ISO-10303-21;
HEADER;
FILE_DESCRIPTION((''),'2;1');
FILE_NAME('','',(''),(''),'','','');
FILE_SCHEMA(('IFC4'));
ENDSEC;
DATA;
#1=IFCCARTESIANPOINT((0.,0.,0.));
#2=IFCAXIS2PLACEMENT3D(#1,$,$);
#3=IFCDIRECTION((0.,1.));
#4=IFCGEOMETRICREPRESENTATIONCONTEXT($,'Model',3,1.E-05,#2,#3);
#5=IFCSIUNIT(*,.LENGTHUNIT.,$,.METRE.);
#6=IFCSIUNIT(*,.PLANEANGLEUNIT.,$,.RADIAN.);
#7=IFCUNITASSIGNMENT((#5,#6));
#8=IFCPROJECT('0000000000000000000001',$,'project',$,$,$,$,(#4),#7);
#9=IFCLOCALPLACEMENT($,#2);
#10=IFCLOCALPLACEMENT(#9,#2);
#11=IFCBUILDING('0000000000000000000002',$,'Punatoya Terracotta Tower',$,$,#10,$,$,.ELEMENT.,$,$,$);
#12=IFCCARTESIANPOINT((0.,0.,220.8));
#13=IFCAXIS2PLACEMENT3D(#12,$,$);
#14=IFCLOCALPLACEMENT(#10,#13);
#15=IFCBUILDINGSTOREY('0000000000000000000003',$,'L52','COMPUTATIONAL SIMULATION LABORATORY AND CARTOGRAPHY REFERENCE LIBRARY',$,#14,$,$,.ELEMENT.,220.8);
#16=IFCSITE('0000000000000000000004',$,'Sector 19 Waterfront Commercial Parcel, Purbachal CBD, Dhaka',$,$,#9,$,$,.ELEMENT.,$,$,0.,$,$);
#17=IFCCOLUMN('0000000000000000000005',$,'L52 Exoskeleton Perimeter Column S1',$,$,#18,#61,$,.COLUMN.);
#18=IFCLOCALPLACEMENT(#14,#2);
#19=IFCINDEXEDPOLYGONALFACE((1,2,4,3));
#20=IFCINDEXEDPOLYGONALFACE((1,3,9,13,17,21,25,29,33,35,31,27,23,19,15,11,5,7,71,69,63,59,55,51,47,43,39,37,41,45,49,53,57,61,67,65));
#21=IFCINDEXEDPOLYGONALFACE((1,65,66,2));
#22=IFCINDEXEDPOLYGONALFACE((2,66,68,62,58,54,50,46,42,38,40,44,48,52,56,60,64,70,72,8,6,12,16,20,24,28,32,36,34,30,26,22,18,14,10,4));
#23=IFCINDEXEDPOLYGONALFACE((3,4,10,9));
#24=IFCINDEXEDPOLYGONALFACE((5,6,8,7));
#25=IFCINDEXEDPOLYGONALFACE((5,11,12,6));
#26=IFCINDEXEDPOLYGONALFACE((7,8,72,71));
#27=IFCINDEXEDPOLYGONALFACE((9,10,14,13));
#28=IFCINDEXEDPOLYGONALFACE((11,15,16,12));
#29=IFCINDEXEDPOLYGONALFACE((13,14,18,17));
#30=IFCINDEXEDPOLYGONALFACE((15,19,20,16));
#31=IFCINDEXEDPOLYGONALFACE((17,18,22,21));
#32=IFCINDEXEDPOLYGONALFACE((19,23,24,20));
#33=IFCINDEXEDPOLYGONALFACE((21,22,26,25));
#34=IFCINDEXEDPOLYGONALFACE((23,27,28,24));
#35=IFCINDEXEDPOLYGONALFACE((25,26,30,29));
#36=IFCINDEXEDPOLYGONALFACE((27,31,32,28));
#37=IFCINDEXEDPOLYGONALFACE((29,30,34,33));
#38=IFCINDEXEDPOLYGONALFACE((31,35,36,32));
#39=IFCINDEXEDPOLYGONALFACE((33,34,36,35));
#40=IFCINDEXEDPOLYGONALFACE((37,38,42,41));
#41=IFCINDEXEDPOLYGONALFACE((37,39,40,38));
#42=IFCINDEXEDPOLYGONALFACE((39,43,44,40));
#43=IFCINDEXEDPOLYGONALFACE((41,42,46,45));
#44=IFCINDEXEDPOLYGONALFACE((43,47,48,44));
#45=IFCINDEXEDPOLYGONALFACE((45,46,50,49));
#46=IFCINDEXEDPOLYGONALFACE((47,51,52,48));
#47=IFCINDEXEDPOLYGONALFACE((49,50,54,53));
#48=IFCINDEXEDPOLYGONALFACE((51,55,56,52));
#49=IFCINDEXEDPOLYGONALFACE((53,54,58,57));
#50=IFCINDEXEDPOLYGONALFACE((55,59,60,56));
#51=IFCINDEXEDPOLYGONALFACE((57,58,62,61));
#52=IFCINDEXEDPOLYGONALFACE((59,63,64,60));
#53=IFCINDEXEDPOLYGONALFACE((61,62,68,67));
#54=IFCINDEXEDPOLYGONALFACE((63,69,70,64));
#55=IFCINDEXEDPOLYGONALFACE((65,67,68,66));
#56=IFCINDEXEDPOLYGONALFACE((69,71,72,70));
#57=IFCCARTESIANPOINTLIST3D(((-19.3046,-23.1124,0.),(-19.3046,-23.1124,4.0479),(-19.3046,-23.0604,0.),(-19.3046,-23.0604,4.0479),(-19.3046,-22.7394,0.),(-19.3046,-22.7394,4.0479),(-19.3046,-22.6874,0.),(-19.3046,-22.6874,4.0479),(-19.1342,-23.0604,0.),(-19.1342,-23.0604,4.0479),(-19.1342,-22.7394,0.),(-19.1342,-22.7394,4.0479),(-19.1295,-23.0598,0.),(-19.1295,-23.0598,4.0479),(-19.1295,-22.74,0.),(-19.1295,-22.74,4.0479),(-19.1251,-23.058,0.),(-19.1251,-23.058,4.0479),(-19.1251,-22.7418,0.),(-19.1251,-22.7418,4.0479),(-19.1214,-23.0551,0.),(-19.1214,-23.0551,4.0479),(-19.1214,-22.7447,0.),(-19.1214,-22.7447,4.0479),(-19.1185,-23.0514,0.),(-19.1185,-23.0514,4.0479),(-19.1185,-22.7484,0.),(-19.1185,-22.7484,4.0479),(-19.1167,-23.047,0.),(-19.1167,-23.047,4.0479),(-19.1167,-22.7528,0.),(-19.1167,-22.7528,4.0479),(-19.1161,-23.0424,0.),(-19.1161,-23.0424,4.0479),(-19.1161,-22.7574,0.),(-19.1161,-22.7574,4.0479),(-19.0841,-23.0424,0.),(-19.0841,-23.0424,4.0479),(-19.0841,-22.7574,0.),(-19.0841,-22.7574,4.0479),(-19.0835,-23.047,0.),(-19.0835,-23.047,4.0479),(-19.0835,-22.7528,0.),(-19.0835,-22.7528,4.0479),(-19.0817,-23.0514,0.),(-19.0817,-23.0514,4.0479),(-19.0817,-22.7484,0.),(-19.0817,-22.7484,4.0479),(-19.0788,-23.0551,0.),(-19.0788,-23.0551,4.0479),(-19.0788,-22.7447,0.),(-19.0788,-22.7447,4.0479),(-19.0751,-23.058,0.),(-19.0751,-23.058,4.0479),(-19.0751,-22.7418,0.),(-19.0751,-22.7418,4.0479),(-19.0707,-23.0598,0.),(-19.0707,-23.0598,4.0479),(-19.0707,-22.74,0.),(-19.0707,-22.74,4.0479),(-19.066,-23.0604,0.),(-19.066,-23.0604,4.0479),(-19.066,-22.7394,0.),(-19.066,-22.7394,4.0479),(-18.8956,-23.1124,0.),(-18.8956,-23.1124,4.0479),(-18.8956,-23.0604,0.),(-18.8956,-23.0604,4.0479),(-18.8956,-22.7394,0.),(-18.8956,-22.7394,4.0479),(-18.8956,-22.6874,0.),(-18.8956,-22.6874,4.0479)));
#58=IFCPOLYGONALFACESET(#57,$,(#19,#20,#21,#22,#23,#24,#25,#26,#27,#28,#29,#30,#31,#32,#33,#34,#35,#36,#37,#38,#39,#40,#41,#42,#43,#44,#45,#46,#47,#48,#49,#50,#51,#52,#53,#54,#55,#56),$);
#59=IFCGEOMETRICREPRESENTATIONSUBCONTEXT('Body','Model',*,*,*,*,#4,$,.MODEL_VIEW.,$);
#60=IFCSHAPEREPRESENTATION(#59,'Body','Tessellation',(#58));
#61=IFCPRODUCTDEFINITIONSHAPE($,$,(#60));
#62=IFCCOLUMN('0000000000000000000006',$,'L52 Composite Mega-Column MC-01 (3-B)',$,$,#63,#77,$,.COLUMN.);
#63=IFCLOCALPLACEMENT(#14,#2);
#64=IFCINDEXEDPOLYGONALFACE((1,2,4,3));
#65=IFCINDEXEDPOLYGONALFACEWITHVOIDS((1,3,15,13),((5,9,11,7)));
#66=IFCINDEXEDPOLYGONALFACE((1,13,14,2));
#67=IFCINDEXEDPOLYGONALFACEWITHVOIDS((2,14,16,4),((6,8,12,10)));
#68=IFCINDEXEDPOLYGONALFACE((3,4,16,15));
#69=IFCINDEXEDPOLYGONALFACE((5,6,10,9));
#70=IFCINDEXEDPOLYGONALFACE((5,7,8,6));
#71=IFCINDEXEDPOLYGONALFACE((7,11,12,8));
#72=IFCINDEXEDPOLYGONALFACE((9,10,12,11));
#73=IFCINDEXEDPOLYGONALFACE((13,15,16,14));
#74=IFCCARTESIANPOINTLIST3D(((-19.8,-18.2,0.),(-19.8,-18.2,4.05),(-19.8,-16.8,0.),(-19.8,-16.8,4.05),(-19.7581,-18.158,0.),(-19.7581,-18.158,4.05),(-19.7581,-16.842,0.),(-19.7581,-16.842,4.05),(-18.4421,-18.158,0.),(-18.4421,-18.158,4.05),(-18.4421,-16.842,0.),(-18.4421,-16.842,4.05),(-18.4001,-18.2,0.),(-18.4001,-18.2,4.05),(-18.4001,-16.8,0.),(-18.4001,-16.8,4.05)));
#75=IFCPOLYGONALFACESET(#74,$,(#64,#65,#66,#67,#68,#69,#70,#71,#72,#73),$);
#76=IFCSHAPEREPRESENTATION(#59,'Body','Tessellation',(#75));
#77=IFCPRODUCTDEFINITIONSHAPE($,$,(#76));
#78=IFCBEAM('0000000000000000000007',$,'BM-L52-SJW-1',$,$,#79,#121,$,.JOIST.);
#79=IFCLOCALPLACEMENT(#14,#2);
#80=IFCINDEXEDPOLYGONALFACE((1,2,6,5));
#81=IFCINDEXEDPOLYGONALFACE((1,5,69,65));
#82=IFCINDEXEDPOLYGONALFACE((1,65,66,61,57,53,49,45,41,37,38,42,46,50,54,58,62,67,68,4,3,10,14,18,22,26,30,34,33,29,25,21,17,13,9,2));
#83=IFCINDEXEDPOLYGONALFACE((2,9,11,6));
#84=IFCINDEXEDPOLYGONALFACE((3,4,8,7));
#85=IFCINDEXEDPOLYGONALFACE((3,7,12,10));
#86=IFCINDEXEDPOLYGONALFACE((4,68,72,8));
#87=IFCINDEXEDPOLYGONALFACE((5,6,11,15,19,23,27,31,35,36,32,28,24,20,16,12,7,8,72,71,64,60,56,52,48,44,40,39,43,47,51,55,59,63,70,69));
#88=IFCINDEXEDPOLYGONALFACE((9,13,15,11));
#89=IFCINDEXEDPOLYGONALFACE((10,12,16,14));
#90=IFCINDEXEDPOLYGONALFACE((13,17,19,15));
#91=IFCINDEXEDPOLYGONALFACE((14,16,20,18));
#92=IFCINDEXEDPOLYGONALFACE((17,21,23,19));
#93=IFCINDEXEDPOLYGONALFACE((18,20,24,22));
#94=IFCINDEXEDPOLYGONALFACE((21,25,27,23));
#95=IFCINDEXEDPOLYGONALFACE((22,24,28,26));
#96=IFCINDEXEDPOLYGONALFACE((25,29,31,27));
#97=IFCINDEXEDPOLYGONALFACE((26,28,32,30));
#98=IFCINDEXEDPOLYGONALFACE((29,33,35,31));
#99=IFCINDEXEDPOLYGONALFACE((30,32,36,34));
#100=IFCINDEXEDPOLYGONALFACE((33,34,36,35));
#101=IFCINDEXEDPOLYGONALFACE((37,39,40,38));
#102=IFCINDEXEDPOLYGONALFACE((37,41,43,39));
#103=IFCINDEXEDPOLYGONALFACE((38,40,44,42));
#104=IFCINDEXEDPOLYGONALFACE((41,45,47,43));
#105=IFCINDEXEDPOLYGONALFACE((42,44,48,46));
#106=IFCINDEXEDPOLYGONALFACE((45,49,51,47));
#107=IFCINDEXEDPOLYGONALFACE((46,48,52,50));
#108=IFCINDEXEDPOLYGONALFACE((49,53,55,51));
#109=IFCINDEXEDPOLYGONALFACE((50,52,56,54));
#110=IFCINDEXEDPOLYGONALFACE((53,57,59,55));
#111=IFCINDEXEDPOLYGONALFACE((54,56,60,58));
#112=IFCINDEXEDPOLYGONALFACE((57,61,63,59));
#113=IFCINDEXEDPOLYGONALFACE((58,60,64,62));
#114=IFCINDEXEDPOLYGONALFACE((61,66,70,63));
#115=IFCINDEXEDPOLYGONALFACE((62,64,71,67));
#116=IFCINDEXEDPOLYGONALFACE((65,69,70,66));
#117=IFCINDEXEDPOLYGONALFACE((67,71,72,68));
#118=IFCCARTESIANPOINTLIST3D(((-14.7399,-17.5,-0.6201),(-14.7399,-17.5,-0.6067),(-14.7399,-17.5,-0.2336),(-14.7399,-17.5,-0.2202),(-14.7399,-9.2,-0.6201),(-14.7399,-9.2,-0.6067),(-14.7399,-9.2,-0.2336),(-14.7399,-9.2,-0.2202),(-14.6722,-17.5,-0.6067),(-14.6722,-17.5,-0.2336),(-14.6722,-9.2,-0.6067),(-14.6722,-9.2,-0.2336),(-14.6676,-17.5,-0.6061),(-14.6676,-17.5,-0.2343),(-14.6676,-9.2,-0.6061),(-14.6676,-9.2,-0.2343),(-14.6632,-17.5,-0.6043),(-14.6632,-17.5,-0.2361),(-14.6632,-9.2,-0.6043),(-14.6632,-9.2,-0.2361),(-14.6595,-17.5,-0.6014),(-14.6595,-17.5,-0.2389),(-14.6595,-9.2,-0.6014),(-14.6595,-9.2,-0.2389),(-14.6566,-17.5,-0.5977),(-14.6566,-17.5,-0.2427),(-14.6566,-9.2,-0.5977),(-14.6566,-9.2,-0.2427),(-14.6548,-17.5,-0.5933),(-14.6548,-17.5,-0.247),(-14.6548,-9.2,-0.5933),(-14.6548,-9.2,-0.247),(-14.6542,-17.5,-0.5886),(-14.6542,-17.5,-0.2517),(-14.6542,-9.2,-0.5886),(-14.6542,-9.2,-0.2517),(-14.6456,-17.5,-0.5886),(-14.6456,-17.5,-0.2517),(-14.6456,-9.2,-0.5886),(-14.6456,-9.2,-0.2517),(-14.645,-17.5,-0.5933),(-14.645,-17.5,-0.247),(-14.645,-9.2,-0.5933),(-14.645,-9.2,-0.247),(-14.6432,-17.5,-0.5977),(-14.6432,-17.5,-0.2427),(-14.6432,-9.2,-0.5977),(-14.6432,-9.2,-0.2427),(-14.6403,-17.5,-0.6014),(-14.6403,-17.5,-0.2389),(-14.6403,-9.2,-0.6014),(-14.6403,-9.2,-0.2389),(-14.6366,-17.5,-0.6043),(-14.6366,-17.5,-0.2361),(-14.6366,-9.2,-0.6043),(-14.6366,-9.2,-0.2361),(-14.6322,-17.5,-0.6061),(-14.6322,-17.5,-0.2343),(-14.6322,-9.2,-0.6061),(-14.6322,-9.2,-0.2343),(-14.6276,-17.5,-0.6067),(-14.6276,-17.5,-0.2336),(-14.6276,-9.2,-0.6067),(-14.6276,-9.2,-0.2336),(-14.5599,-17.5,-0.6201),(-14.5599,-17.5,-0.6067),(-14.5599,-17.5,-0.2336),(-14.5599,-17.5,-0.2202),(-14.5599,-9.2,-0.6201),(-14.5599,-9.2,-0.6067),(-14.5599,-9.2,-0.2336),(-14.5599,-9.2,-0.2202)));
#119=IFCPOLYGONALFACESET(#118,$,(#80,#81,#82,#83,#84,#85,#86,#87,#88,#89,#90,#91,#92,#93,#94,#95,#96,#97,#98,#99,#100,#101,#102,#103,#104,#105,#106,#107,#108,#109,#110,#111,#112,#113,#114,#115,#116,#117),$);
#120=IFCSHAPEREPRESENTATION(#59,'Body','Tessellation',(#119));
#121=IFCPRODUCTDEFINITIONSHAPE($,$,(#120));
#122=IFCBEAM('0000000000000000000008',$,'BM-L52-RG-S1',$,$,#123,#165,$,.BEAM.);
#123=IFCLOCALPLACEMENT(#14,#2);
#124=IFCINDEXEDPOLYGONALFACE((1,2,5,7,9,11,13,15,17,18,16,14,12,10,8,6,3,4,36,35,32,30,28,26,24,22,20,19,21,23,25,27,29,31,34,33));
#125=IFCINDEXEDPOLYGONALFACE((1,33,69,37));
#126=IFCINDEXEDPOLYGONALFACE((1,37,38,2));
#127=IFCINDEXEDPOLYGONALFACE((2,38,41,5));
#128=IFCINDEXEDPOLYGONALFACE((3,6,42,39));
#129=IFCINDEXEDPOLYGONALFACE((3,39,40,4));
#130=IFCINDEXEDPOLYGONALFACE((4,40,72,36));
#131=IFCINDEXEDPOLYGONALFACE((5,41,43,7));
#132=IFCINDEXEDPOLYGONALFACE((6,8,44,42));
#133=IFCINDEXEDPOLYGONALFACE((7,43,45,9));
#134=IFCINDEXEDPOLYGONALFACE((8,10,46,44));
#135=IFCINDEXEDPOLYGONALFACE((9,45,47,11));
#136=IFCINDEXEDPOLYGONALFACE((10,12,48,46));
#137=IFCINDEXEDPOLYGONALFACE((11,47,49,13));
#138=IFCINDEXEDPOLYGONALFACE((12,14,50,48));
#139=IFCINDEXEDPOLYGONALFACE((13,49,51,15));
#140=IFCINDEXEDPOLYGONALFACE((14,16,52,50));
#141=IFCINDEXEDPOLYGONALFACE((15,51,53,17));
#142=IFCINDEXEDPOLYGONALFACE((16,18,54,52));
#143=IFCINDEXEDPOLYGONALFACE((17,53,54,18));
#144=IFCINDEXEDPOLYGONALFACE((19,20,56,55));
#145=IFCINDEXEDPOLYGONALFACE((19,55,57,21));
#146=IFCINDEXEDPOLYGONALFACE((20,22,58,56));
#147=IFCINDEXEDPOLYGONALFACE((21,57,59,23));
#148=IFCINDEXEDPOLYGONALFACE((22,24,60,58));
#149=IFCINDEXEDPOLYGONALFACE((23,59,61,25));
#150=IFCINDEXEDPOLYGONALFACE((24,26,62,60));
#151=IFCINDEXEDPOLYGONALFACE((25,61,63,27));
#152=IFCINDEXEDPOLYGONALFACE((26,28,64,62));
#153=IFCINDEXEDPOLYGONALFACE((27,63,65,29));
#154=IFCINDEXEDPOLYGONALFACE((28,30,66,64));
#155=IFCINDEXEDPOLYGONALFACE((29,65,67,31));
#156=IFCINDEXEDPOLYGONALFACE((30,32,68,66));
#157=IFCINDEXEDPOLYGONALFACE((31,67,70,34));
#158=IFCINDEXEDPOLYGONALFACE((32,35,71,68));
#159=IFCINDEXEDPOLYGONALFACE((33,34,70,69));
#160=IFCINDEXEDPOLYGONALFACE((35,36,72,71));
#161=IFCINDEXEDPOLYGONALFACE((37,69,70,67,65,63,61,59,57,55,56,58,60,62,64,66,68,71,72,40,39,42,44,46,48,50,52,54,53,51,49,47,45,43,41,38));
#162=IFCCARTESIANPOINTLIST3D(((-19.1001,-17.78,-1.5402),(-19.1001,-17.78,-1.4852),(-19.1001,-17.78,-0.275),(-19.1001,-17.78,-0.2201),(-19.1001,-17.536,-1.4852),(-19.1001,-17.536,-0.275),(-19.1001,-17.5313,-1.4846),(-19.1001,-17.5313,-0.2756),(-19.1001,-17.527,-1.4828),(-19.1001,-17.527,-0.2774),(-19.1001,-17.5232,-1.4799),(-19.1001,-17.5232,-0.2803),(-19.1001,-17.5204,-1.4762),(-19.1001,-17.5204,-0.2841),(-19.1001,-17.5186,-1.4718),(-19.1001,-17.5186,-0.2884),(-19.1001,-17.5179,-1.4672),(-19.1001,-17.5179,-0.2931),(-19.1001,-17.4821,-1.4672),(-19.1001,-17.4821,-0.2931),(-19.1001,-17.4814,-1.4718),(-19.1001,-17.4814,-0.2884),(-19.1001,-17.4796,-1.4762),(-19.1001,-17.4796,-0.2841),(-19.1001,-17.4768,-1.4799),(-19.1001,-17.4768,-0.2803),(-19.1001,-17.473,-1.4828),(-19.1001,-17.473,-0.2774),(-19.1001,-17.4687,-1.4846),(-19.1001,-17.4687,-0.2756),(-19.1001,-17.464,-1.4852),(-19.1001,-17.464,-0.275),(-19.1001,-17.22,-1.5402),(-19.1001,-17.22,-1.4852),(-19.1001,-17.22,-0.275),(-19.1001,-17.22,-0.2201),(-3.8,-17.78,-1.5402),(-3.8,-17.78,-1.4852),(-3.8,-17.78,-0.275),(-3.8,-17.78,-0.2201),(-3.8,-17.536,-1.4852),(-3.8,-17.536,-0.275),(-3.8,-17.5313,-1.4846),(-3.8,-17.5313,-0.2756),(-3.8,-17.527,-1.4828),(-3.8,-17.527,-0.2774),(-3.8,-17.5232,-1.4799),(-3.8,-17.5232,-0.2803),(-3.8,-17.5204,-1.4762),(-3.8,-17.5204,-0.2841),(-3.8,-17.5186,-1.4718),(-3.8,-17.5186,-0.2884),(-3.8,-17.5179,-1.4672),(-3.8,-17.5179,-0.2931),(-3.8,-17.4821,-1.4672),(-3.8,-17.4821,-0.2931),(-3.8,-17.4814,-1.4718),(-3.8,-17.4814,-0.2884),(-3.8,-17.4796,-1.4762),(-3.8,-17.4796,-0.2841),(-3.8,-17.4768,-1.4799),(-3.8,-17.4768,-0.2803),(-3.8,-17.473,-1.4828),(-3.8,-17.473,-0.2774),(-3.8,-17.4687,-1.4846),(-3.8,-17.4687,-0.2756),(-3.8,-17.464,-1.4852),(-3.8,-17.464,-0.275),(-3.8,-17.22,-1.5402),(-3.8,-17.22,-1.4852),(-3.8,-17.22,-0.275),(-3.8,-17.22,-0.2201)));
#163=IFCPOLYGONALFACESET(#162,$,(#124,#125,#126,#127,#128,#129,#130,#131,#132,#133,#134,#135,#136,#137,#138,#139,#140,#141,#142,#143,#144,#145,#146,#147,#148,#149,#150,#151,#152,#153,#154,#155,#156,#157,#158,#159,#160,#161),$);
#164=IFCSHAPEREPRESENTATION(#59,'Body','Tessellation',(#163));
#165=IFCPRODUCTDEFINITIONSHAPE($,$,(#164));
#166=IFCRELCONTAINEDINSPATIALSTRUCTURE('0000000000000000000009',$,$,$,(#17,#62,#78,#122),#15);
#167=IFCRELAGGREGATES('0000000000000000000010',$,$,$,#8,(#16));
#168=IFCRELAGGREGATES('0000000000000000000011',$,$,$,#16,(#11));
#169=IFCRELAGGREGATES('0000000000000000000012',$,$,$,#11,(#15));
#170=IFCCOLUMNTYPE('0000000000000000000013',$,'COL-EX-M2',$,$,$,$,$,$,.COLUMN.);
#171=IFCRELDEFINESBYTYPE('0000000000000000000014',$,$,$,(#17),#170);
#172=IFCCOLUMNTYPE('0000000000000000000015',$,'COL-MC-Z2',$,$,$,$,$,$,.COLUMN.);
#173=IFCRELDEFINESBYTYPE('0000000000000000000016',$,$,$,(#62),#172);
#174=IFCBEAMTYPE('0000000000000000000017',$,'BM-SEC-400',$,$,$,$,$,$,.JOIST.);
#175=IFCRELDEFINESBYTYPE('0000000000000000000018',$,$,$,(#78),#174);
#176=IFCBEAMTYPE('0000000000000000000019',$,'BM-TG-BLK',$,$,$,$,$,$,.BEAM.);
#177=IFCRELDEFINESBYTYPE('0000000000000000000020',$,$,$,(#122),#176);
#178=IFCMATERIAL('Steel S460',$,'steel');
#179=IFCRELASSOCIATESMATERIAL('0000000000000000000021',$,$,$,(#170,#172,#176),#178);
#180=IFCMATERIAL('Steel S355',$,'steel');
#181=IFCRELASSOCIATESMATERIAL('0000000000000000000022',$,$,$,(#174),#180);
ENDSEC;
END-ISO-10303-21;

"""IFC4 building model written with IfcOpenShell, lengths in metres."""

from ifc_helpers import new_model, si_unit, direction, frame, origin, origin_2d, place, context, subcontext, project, spatial, hollow_rectangle, i_section, extrude, material, material_profile, profile_set, type_object, element, save


model = new_model("IFC4")

# Units and contexts
model_context = context("Model", 3, precision=1e-05, world=origin(), true_north=direction((0.0, 1.0)))
body_context = subcontext(model_context, "Body", "Model", "MODEL_VIEW")
ifc_project = project(units=[si_unit("LENGTHUNIT", "METRE"), si_unit("PLANEANGLEUNIT", "RADIAN")], contexts=[model_context])

# Site, building, storey
site_placement = place(None, origin())
site = spatial("IfcSite", under=ifc_project, at=site_placement, Name="Sector 19 Waterfront Commercial Parcel, Purbachal CBD, Dhaka", CompositionType="ELEMENT", RefElevation=0.0)
building_placement = place(site_placement, origin())
building = spatial("IfcBuilding", under=site, at=building_placement, Name="Punatoya Terracotta Tower", CompositionType="ELEMENT")
storey_placement = place(building_placement, frame((0.0, 0.0, 220.8)))
storey = spatial("IfcBuildingStorey", under=building, at=storey_placement, Name="L52", Description="COMPUTATIONAL SIMULATION LABORATORY AND CARTOGRAPHY REFERENCE LIBRARY", CompositionType="ELEMENT", Elevation=220.8)

# Columns
ifc_material_1 = material(Name="Steel S460", Category="steel")
ifc_material_profile_1 = material_profile(ifc_material_1, i_section(OverallWidth=0.4089, OverallDepth=0.425, WebThickness=0.032, FlangeThickness=0.052, FilletRadius=0.0181, at=origin_2d()))
ifc_profile_set_1 = profile_set([ifc_material_profile_1], Name="Steel S460")
column_type_1 = type_object("IfcColumnType", Name="COL-EX-M2", PredefinedType="COLUMN", material=ifc_profile_set_1)
column_1_placement = place(storey_placement, frame((-19.1001, -22.8999, 0.0), z_axis=(0.0, 0.0, 1.0), x_axis=(1.0, 0.0, 0.0)))
element("IfcColumn", 1, at=column_1_placement, inside=storey, type_object=column_type_1, Name="L52 Exoskeleton Perimeter Column S1", PredefinedType="COLUMN", context=body_context, shape_type="SweptSolid", body=[
    extrude(i_section(OverallWidth=0.4089, OverallDepth=0.425, WebThickness=0.032, FlangeThickness=0.052, FilletRadius=0.0181, at=origin_2d()), origin(), (0.0, 0.0, 1.0), 4.0479),
])
ifc_material_profile_2 = material_profile(ifc_material_1, hollow_rectangle(XDim=1.3999, YDim=1.3999, WallThickness=0.042, at=origin_2d()))
ifc_profile_set_2 = profile_set([ifc_material_profile_2], Name="Steel S460")
column_type_2 = type_object("IfcColumnType", Name="COL-MC-Z2", PredefinedType="COLUMN", material=ifc_profile_set_2)
column_2_placement = place(storey_placement, frame((-19.1001, -17.5, 0.0), z_axis=(0.0, 0.0, 1.0), x_axis=(1.0, 0.0, 0.0)))
element("IfcColumn", 2, at=column_2_placement, inside=storey, type_object=column_type_2, Name="L52 Composite Mega-Column MC-01 (3-B)", PredefinedType="COLUMN", context=body_context, shape_type="SweptSolid", body=[
    extrude(hollow_rectangle(XDim=1.3999, YDim=1.3999, WallThickness=0.042, at=origin_2d()), origin(), (0.0, 0.0, 1.0), 4.05),
])

# Beams
ifc_material_2 = material(Name="Steel S355", Category="steel")
ifc_material_profile_3 = material_profile(ifc_material_2, i_section(OverallWidth=0.1799, OverallDepth=0.3999, WebThickness=0.0085, FlangeThickness=0.0134, FilletRadius=0.0181, at=origin_2d()))
ifc_profile_set_3 = profile_set([ifc_material_profile_3], Name="Steel S355")
beam_type_1 = type_object("IfcBeamType", Name="BM-SEC-400", PredefinedType="JOIST", material=ifc_profile_set_3)
beam_1_placement = place(storey_placement, frame((-14.6499, -17.5, -0.4202), z_axis=(0.0, 1.0, 0.0), x_axis=(-1.0, 0.0, 0.0)))
element("IfcBeam", 3, at=beam_1_placement, inside=storey, type_object=beam_type_1, Name="BM-L52-SJW-1", PredefinedType="JOIST", context=body_context, shape_type="SweptSolid", body=[
    extrude(i_section(OverallWidth=0.1799, OverallDepth=0.3999, WebThickness=0.0085, FlangeThickness=0.0134, FilletRadius=0.0181, at=origin_2d()), origin(), (0.0, 0.0, 1.0), 8.3),
])
ifc_material_profile_4 = material_profile(ifc_material_1, i_section(OverallWidth=0.5601, OverallDepth=1.3201, WebThickness=0.0359, FlangeThickness=0.0549, FilletRadius=0.0181, at=origin_2d()))
ifc_profile_set_4 = profile_set([ifc_material_profile_4], Name="Steel S460")
beam_type_2 = type_object("IfcBeamType", Name="BM-TG-BLK", PredefinedType="BEAM", material=ifc_profile_set_4)
beam_2_placement = place(storey_placement, frame((-19.1001, -17.5, -0.8801), z_axis=(1.0, 0.0, 0.0), x_axis=(0.0, 1.0, 0.0)))
element("IfcBeam", 4, at=beam_2_placement, inside=storey, type_object=beam_type_2, Name="BM-L52-RG-S1", PredefinedType="BEAM", context=body_context, shape_type="SweptSolid", body=[
    extrude(i_section(OverallWidth=0.5601, OverallDepth=1.3201, WebThickness=0.0359, FlangeThickness=0.0549, FilletRadius=0.0181, at=origin_2d()), origin(), (0.0, 0.0, 1.0), 15.3),
])

save(model, "model.ifc")
